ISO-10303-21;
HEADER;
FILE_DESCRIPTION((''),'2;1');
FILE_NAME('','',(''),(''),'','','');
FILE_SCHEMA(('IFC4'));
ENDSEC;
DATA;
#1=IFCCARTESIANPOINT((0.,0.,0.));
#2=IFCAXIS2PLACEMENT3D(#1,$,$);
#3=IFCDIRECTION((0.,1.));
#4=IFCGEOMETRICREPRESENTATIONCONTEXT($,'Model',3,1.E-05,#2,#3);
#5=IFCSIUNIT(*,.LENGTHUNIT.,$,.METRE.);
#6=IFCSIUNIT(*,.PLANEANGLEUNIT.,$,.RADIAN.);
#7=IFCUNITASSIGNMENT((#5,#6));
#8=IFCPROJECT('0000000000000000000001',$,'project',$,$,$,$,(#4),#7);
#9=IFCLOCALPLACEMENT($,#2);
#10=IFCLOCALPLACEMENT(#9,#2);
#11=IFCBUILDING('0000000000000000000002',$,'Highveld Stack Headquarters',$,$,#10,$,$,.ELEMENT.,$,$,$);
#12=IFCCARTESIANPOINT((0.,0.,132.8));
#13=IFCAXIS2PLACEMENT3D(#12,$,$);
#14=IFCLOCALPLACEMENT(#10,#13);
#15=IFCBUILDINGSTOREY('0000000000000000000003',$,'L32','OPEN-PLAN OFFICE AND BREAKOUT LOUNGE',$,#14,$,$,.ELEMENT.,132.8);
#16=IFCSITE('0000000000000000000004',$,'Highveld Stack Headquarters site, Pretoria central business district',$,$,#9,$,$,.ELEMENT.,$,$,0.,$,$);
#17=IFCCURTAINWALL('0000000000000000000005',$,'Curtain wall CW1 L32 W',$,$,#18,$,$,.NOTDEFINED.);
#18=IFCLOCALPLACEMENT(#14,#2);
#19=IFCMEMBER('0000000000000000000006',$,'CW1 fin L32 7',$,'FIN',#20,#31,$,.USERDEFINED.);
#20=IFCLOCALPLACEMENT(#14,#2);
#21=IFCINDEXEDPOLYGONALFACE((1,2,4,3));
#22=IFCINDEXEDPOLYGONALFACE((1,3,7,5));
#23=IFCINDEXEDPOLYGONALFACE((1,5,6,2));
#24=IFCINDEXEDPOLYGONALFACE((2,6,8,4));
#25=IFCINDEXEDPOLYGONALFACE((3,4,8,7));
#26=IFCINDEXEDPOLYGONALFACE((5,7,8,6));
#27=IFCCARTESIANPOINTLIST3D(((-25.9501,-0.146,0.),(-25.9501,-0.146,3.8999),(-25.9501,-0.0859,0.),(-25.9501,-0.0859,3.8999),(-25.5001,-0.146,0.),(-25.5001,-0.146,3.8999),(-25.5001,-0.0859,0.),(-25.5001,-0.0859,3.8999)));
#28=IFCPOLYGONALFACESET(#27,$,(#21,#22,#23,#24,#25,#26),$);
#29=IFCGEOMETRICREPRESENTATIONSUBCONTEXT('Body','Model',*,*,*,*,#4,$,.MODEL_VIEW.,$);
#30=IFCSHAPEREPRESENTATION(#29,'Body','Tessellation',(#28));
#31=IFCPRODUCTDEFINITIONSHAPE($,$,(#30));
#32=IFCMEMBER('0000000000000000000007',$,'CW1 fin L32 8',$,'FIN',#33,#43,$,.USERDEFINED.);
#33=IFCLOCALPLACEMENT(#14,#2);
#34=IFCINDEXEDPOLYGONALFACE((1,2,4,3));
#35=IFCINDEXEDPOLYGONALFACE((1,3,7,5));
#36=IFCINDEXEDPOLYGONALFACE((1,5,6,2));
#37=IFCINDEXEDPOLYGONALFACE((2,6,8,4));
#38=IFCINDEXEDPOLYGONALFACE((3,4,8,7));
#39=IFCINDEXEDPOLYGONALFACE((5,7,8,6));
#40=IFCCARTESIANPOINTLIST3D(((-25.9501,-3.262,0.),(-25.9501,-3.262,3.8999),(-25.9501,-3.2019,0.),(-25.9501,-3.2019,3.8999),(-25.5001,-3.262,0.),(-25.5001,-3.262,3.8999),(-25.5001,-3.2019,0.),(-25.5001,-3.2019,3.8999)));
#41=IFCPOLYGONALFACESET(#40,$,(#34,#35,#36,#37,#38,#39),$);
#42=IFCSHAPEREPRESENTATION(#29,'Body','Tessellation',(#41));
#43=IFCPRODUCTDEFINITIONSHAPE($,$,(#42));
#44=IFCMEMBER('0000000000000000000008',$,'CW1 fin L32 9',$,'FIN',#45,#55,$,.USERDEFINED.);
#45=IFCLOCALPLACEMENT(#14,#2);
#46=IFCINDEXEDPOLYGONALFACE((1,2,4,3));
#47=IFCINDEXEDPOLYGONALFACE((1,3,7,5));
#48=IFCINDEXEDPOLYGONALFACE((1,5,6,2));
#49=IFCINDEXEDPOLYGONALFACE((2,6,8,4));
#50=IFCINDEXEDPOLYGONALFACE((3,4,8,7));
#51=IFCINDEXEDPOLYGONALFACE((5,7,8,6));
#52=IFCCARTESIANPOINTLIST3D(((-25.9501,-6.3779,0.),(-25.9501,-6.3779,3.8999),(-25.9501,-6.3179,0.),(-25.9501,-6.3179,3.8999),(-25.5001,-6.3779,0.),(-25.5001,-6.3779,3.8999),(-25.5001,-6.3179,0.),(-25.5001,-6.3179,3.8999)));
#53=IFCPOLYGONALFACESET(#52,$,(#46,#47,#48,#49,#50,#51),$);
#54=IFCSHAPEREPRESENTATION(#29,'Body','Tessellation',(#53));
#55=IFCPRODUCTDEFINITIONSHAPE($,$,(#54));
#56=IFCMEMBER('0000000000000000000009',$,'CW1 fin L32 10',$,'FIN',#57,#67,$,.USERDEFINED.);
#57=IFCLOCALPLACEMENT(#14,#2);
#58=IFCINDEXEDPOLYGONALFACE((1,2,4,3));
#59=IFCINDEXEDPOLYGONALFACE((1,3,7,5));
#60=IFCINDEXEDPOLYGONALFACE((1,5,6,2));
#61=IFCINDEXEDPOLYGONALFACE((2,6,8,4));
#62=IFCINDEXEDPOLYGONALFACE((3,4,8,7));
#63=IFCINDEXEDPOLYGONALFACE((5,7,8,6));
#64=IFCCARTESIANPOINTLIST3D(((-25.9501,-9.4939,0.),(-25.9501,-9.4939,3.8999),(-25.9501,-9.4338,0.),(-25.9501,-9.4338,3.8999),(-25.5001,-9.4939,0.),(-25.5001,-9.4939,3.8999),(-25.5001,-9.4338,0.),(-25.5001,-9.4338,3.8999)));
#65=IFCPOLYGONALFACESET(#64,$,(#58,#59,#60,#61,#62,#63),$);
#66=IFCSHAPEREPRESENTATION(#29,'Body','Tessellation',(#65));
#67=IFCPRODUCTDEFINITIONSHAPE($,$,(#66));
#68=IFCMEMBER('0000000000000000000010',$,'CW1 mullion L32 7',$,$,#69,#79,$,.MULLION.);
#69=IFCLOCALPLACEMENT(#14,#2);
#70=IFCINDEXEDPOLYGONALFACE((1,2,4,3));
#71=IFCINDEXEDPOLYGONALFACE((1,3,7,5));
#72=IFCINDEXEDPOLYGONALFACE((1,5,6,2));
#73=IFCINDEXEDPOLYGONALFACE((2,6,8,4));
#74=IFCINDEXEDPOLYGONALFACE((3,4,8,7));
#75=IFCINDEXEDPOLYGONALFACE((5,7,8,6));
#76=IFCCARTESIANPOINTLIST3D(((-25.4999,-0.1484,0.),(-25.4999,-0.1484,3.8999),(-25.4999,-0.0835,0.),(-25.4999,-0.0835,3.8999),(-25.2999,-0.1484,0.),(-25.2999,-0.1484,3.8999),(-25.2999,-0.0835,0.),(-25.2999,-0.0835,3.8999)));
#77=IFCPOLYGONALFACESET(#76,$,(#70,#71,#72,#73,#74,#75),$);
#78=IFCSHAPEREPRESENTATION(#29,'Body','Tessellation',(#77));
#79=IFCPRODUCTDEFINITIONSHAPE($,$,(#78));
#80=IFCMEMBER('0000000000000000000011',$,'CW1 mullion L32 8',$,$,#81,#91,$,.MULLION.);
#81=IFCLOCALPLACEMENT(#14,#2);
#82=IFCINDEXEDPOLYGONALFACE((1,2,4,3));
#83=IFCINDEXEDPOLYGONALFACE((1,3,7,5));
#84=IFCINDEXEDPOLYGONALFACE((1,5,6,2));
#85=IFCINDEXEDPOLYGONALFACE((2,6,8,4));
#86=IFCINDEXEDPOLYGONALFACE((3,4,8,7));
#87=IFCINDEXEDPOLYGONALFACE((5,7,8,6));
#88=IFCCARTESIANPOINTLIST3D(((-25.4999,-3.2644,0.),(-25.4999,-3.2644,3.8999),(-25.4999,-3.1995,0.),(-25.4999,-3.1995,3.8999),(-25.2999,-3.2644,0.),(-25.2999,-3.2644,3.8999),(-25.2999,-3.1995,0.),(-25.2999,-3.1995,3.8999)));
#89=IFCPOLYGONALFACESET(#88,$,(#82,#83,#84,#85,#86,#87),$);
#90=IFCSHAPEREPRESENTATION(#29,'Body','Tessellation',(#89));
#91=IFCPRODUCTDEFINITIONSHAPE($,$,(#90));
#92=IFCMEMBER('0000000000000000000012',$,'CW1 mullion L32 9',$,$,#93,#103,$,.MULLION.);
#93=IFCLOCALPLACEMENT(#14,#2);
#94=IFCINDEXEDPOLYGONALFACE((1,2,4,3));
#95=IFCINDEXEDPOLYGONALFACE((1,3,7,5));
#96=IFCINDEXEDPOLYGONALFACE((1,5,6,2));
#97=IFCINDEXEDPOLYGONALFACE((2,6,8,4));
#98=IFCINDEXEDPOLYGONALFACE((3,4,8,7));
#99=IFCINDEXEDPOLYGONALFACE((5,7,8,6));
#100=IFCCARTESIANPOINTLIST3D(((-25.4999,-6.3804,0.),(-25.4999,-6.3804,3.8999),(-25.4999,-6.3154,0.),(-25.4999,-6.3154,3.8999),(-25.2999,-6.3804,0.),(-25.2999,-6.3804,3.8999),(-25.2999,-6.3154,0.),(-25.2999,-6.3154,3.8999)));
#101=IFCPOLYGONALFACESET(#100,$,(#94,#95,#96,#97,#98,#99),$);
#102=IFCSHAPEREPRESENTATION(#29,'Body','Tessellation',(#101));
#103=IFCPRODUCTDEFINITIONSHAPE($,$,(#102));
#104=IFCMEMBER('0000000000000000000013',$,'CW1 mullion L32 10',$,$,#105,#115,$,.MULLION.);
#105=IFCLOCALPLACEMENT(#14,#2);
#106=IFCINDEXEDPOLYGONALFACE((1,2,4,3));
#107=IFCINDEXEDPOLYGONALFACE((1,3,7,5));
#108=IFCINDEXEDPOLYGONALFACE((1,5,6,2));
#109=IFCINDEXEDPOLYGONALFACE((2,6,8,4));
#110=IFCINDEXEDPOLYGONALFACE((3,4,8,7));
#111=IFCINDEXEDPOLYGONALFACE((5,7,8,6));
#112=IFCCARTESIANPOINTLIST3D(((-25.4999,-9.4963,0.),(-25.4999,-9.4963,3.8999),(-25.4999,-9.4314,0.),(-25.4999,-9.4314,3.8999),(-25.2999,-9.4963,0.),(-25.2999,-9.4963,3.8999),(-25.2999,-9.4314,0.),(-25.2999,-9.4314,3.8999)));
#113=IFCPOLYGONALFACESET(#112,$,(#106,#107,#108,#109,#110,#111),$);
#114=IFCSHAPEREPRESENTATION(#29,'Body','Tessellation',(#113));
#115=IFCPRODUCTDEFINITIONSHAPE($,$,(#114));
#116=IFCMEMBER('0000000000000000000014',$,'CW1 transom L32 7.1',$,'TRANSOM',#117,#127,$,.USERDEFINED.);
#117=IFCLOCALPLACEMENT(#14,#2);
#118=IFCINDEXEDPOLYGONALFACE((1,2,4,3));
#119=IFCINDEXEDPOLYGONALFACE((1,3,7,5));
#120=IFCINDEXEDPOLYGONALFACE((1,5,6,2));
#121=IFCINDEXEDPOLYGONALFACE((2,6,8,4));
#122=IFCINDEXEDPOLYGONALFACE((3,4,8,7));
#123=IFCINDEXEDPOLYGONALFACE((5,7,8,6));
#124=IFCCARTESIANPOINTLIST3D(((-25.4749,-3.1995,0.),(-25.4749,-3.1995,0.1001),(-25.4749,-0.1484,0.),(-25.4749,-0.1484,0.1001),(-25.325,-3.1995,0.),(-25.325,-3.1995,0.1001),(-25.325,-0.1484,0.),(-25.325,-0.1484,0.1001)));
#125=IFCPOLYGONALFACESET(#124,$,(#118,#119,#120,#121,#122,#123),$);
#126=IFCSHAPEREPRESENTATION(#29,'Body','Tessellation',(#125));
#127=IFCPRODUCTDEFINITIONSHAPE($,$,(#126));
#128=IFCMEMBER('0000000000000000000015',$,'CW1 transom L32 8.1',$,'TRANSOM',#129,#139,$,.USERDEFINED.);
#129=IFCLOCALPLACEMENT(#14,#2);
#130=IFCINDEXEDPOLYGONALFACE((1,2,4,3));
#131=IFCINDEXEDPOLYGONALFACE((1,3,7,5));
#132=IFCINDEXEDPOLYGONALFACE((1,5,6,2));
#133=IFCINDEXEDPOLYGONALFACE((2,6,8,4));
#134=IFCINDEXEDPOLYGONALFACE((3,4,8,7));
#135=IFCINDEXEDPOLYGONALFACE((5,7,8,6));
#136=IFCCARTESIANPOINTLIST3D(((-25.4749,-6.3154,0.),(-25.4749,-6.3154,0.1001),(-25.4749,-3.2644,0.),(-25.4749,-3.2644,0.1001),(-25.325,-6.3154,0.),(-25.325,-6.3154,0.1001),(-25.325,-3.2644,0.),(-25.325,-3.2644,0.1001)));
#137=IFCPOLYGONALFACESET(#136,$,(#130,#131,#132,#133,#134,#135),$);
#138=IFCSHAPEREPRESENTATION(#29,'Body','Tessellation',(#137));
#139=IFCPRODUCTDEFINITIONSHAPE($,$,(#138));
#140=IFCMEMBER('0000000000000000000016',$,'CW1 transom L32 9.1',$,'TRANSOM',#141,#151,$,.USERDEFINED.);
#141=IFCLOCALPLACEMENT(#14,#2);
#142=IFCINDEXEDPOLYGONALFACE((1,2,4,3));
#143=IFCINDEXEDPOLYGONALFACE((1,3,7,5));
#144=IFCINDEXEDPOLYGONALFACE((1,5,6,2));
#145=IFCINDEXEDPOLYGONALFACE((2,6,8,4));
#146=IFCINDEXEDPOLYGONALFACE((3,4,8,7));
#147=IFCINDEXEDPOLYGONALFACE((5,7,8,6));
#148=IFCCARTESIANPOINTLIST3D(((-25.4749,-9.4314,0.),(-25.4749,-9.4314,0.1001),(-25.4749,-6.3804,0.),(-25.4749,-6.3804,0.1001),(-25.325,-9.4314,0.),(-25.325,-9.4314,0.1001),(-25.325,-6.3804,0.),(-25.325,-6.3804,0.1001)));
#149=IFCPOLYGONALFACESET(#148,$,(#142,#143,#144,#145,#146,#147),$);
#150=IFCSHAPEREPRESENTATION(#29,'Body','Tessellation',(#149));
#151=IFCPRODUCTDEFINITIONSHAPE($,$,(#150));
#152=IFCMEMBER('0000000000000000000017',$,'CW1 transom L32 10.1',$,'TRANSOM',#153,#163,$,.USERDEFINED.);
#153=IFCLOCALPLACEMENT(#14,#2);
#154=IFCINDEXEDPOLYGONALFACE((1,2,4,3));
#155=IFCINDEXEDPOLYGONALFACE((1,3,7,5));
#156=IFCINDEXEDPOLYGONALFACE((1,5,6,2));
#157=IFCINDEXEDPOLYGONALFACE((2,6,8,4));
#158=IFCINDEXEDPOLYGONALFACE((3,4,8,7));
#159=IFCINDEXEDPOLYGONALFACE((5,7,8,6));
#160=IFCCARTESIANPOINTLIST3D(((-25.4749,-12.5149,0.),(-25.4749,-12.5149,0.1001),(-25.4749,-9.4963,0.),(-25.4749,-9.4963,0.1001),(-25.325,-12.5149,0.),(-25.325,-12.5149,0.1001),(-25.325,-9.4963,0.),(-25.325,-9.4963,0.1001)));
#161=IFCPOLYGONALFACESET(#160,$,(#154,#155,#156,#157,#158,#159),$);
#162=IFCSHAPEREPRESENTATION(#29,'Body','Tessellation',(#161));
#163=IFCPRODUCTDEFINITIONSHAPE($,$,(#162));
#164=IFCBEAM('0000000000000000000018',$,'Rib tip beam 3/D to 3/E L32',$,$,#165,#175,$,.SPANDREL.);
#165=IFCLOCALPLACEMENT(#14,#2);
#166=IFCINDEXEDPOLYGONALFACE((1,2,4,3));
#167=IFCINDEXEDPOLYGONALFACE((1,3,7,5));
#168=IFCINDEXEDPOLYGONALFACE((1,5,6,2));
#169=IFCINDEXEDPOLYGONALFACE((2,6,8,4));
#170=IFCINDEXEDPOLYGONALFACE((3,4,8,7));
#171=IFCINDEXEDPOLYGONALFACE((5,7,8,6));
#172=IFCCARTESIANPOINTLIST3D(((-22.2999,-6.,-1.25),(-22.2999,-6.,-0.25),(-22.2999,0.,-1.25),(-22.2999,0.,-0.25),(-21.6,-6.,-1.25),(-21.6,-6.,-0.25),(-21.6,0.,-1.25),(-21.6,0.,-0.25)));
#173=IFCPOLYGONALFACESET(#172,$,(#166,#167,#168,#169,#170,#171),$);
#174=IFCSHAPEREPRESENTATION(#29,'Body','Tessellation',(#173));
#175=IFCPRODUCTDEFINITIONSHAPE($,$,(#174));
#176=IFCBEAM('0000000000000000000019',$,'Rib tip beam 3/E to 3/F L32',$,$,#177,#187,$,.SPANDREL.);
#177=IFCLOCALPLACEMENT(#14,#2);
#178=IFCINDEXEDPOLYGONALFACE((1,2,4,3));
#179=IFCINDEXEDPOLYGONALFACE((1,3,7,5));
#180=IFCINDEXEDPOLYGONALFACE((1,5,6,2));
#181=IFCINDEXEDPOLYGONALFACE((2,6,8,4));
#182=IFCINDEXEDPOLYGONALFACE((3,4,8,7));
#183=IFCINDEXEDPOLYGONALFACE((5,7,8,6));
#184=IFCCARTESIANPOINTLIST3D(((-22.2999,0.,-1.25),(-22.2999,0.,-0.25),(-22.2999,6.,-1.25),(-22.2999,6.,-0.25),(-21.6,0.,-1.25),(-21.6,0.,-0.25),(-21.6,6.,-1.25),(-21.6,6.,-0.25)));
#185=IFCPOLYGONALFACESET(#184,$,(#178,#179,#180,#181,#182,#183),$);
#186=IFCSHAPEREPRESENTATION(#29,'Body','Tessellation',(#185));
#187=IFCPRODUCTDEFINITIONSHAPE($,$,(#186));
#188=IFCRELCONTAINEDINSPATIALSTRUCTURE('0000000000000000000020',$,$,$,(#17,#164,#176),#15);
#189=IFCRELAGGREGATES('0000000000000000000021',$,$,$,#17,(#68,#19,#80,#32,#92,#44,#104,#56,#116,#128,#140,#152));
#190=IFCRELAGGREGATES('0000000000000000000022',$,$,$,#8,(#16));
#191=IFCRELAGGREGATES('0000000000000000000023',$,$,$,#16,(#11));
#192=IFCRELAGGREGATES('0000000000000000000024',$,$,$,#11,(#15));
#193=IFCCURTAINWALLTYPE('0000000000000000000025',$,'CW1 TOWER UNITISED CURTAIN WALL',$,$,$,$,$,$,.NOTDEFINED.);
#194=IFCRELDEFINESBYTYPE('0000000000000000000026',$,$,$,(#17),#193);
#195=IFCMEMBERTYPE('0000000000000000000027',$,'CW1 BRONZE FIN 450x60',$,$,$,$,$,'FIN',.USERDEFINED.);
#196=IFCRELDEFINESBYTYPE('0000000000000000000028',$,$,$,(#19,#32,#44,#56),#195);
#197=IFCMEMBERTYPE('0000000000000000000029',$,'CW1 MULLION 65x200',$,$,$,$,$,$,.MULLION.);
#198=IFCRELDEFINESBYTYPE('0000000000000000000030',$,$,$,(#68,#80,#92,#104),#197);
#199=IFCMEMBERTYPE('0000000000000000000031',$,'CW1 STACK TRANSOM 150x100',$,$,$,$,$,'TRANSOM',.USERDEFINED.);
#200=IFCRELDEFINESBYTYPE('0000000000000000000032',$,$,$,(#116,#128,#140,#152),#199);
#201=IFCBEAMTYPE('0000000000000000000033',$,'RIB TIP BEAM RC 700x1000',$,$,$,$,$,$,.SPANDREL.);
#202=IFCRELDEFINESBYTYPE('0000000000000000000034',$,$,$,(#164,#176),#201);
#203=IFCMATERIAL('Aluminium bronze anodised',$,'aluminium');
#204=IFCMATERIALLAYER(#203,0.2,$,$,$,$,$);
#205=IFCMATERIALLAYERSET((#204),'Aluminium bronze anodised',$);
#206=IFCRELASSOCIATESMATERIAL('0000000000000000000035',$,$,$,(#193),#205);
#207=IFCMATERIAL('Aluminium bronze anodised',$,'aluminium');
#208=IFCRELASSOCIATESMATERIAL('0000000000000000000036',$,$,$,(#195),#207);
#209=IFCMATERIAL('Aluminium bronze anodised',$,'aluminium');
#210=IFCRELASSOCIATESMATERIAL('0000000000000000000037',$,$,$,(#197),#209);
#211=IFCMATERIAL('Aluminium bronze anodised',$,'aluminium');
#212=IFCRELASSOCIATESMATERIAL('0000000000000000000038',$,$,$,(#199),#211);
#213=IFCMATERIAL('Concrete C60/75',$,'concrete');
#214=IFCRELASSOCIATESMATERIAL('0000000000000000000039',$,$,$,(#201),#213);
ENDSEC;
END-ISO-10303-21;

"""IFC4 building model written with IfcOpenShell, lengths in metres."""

from ifc_helpers import new_model, si_unit, direction, frame, origin, origin_2d, place, context, subcontext, project, spatial, rectangle, extrude, material, layer, layer_set, material_profile, profile_set, type_object, element, aggregate, save


model = new_model("IFC4")

# Units and contexts
model_context = context("Model", 3, precision=1e-05, world=origin(), true_north=direction((0.0, 1.0)))
body_context = subcontext(model_context, "Body", "Model", "MODEL_VIEW")
ifc_project = project(units=[si_unit("LENGTHUNIT", "METRE"), si_unit("PLANEANGLEUNIT", "RADIAN")], contexts=[model_context])

# Site, building, storey
site_placement = place(None, origin())
site = spatial("IfcSite", under=ifc_project, at=site_placement, Name="Highveld Stack Headquarters site, Pretoria central business district", CompositionType="ELEMENT", RefElevation=0.0)
building_placement = place(site_placement, origin())
building = spatial("IfcBuilding", under=site, at=building_placement, Name="Highveld Stack Headquarters", CompositionType="ELEMENT")
storey_placement = place(building_placement, frame((0.0, 0.0, 132.8)))
storey = spatial("IfcBuildingStorey", under=building, at=storey_placement, Name="L32", Description="OPEN-PLAN OFFICE AND BREAKOUT LOUNGE", CompositionType="ELEMENT", Elevation=132.8)

# Curtain wall, members
ifc_material_1 = material(Name="Aluminium bronze anodised", Category="aluminium")
ifc_layer_1 = layer(ifc_material_1, 0.2)
ifc_layer_set_1 = layer_set([ifc_layer_1], Name="Aluminium bronze anodised")
curtain_wall_type = type_object("IfcCurtainWallType", Name="CW1 TOWER UNITISED CURTAIN WALL", PredefinedType="NOTDEFINED", material=ifc_layer_set_1)
curtain_wall_placement = place(storey_placement, origin())
curtain_wall = element("IfcCurtainWall", 1, at=curtain_wall_placement, inside=storey, type_object=curtain_wall_type, Name="Curtain wall CW1 L32 W", PredefinedType="NOTDEFINED")
ifc_material_2 = material(Name="Aluminium bronze anodised", Category="aluminium")
ifc_material_profile_1 = material_profile(ifc_material_2, rectangle(XDim=0.45, YDim=0.0601, at=origin_2d()), Name="FIN 450x60")
ifc_profile_set_1 = profile_set([ifc_material_profile_1], Name="Aluminium bronze anodised")
member_type_1 = type_object("IfcMemberType", Name="CW1 BRONZE FIN 450x60", ElementType="FIN", PredefinedType="USERDEFINED", material=ifc_profile_set_1)
member_1_placement = place(storey_placement, frame((-25.7251, -0.116, 0.0), z_axis=(0.0, 0.0, 1.0), x_axis=(1.0, 0.0, 0.0)))
member_1 = element("IfcMember", 2, at=member_1_placement, type_object=member_type_1, Name="CW1 fin L32 7", ObjectType="FIN", PredefinedType="USERDEFINED", context=body_context, shape_type="SweptSolid", body=[
    extrude(rectangle(XDim=0.45, YDim=0.0601, at=origin_2d()), origin(), (0.0, 0.0, 1.0), 3.8999),
])
member_2_placement = place(storey_placement, frame((-25.7251, -3.2319, 0.0), z_axis=(0.0, 0.0, 1.0), x_axis=(1.0, 0.0, 0.0)))
member_2 = element("IfcMember", 3, at=member_2_placement, type_object=member_type_1, Name="CW1 fin L32 8", ObjectType="FIN", PredefinedType="USERDEFINED", context=body_context, shape_type="SweptSolid", body=[
    extrude(rectangle(XDim=0.45, YDim=0.0601, at=origin_2d()), origin(), (0.0, 0.0, 1.0), 3.8999),
])
member_3_placement = place(storey_placement, frame((-25.7251, -6.3479, 0.0), z_axis=(0.0, 0.0, 1.0), x_axis=(1.0, 0.0, 0.0)))
member_3 = element("IfcMember", 4, at=member_3_placement, type_object=member_type_1, Name="CW1 fin L32 9", ObjectType="FIN", PredefinedType="USERDEFINED", context=body_context, shape_type="SweptSolid", body=[
    extrude(rectangle(XDim=0.45, YDim=0.0601, at=origin_2d()), origin(), (0.0, 0.0, 1.0), 3.8999),
])
member_4_placement = place(storey_placement, frame((-25.7251, -9.4639, 0.0), z_axis=(0.0, 0.0, 1.0), x_axis=(1.0, 0.0, 0.0)))
member_4 = element("IfcMember", 5, at=member_4_placement, type_object=member_type_1, Name="CW1 fin L32 10", ObjectType="FIN", PredefinedType="USERDEFINED", context=body_context, shape_type="SweptSolid", body=[
    extrude(rectangle(XDim=0.45, YDim=0.0601, at=origin_2d()), origin(), (0.0, 0.0, 1.0), 3.8999),
])
ifc_material_3 = material(Name="Aluminium bronze anodised", Category="aluminium")
ifc_material_profile_2 = material_profile(ifc_material_3, rectangle(XDim=0.2, YDim=0.0649, at=origin_2d()), Name="CW1 MULLION 65x200")
ifc_profile_set_2 = profile_set([ifc_material_profile_2], Name="Aluminium bronze anodised")
member_type_2 = type_object("IfcMemberType", Name="CW1 MULLION 65x200", PredefinedType="MULLION", material=ifc_profile_set_2)
member_5_placement = place(storey_placement, frame((-25.3999, -0.116, 0.0), z_axis=(0.0, 0.0, 1.0), x_axis=(1.0, 0.0, 0.0)))
member_5 = element("IfcMember", 6, at=member_5_placement, type_object=member_type_2, Name="CW1 mullion L32 7", PredefinedType="MULLION", context=body_context, shape_type="SweptSolid", body=[
    extrude(rectangle(XDim=0.2, YDim=0.0649, at=origin_2d()), origin(), (0.0, 0.0, 1.0), 3.8999),
])
member_6_placement = place(storey_placement, frame((-25.3999, -3.2319, 0.0), z_axis=(0.0, 0.0, 1.0), x_axis=(1.0, 0.0, 0.0)))
member_6 = element("IfcMember", 7, at=member_6_placement, type_object=member_type_2, Name="CW1 mullion L32 8", PredefinedType="MULLION", context=body_context, shape_type="SweptSolid", body=[
    extrude(rectangle(XDim=0.2, YDim=0.0649, at=origin_2d()), origin(), (0.0, 0.0, 1.0), 3.8999),
])
member_7_placement = place(storey_placement, frame((-25.3999, -6.3479, 0.0), z_axis=(0.0, 0.0, 1.0), x_axis=(1.0, 0.0, 0.0)))
member_7 = element("IfcMember", 8, at=member_7_placement, type_object=member_type_2, Name="CW1 mullion L32 9", PredefinedType="MULLION", context=body_context, shape_type="SweptSolid", body=[
    extrude(rectangle(XDim=0.2, YDim=0.0649, at=origin_2d()), origin(), (0.0, 0.0, 1.0), 3.8999),
])
member_8_placement = place(storey_placement, frame((-25.3999, -9.4639, 0.0), z_axis=(0.0, 0.0, 1.0), x_axis=(1.0, 0.0, 0.0)))
member_8 = element("IfcMember", 9, at=member_8_placement, type_object=member_type_2, Name="CW1 mullion L32 10", PredefinedType="MULLION", context=body_context, shape_type="SweptSolid", body=[
    extrude(rectangle(XDim=0.2, YDim=0.0649, at=origin_2d()), origin(), (0.0, 0.0, 1.0), 3.8999),
])
ifc_material_4 = material(Name="Aluminium bronze anodised", Category="aluminium")
ifc_material_profile_3 = material_profile(ifc_material_4, rectangle(XDim=0.1499, YDim=0.1001, at=origin_2d()), Name="CW1 TRANSOM 150x100")
ifc_profile_set_3 = profile_set([ifc_material_profile_3], Name="Aluminium bronze anodised")
member_type_3 = type_object("IfcMemberType", Name="CW1 STACK TRANSOM 150x100", ElementType="TRANSOM", PredefinedType="USERDEFINED", material=ifc_profile_set_3)
member_9_placement = place(storey_placement, frame((-25.3999, -0.1484, 0.05), z_axis=(0.0, -1.0, 0.0), x_axis=(1.0, 0.0, 0.0)))
member_9 = element("IfcMember", 10, at=member_9_placement, type_object=member_type_3, Name="CW1 transom L32 7.1", ObjectType="TRANSOM", PredefinedType="USERDEFINED", context=body_context, shape_type="SweptSolid", body=[
    extrude(rectangle(XDim=0.1499, YDim=0.1001, at=origin_2d()), origin(), (0.0, 0.0, 1.0), 3.051),
])
member_10_placement = place(storey_placement, frame((-25.3999, -3.2644, 0.05), z_axis=(0.0, -1.0, 0.0), x_axis=(1.0, 0.0, 0.0)))
member_10 = element("IfcMember", 11, at=member_10_placement, type_object=member_type_3, Name="CW1 transom L32 8.1", ObjectType="TRANSOM", PredefinedType="USERDEFINED", context=body_context, shape_type="SweptSolid", body=[
    extrude(rectangle(XDim=0.1499, YDim=0.1001, at=origin_2d()), origin(), (0.0, 0.0, 1.0), 3.051),
])
member_11_placement = place(storey_placement, frame((-25.3999, -6.3804, 0.05), z_axis=(0.0, -1.0, 0.0), x_axis=(1.0, 0.0, 0.0)))
member_11 = element("IfcMember", 12, at=member_11_placement, type_object=member_type_3, Name="CW1 transom L32 9.1", ObjectType="TRANSOM", PredefinedType="USERDEFINED", context=body_context, shape_type="SweptSolid", body=[
    extrude(rectangle(XDim=0.1499, YDim=0.1001, at=origin_2d()), origin(), (0.0, 0.0, 1.0), 3.051),
])
member_12_placement = place(storey_placement, frame((-25.3999, -9.4963, 0.05), z_axis=(0.0, -1.0, 0.0), x_axis=(1.0, 0.0, 0.0)))
member_12 = element("IfcMember", 13, at=member_12_placement, type_object=member_type_3, Name="CW1 transom L32 10.1", ObjectType="TRANSOM", PredefinedType="USERDEFINED", context=body_context, shape_type="SweptSolid", body=[
    extrude(rectangle(XDim=0.1499, YDim=0.1001, at=origin_2d()), origin(), (0.0, 0.0, 1.0), 3.0186),
])

# Beams
ifc_material_5 = material(Name="Concrete C60/75", Category="concrete")
ifc_material_profile_4 = material_profile(ifc_material_5, rectangle(XDim=0.7, YDim=1.0, at=origin_2d()), Name="RC 700x1000")
ifc_profile_set_4 = profile_set([ifc_material_profile_4], Name="Concrete C60/75")
beam_type = type_object("IfcBeamType", Name="RIB TIP BEAM RC 700x1000", PredefinedType="SPANDREL", material=ifc_profile_set_4)
for number, where, z_axis, x_axis, name in (
    (14, (-21.95, -6.0, -0.75), (0.0, 1.0, 0.0), (-1.0, 0.0, 0.0), "Rib tip beam 3/D to 3/E L32"),
    (15, (-21.95, 0.0, -0.75), (0.0, 1.0, 0.0), (-1.0, 0.0, 0.0), "Rib tip beam 3/E to 3/F L32"),
):
    element("IfcBeam", number, at=place(storey_placement, frame(where, z_axis=z_axis, x_axis=x_axis)), inside=storey, type_object=beam_type, Name=name, PredefinedType="SPANDREL", context=body_context, shape_type="SweptSolid", body=[
        extrude(rectangle(XDim=0.7, YDim=1.0, at=origin_2d()), origin(), (0.0, 0.0, 1.0), 6.0),
    ])

aggregate(curtain_wall, [member_5, member_1, member_6, member_2, member_7, member_3, member_8, member_4, member_9, member_10, member_11, member_12])

save(model, "model.ifc")
